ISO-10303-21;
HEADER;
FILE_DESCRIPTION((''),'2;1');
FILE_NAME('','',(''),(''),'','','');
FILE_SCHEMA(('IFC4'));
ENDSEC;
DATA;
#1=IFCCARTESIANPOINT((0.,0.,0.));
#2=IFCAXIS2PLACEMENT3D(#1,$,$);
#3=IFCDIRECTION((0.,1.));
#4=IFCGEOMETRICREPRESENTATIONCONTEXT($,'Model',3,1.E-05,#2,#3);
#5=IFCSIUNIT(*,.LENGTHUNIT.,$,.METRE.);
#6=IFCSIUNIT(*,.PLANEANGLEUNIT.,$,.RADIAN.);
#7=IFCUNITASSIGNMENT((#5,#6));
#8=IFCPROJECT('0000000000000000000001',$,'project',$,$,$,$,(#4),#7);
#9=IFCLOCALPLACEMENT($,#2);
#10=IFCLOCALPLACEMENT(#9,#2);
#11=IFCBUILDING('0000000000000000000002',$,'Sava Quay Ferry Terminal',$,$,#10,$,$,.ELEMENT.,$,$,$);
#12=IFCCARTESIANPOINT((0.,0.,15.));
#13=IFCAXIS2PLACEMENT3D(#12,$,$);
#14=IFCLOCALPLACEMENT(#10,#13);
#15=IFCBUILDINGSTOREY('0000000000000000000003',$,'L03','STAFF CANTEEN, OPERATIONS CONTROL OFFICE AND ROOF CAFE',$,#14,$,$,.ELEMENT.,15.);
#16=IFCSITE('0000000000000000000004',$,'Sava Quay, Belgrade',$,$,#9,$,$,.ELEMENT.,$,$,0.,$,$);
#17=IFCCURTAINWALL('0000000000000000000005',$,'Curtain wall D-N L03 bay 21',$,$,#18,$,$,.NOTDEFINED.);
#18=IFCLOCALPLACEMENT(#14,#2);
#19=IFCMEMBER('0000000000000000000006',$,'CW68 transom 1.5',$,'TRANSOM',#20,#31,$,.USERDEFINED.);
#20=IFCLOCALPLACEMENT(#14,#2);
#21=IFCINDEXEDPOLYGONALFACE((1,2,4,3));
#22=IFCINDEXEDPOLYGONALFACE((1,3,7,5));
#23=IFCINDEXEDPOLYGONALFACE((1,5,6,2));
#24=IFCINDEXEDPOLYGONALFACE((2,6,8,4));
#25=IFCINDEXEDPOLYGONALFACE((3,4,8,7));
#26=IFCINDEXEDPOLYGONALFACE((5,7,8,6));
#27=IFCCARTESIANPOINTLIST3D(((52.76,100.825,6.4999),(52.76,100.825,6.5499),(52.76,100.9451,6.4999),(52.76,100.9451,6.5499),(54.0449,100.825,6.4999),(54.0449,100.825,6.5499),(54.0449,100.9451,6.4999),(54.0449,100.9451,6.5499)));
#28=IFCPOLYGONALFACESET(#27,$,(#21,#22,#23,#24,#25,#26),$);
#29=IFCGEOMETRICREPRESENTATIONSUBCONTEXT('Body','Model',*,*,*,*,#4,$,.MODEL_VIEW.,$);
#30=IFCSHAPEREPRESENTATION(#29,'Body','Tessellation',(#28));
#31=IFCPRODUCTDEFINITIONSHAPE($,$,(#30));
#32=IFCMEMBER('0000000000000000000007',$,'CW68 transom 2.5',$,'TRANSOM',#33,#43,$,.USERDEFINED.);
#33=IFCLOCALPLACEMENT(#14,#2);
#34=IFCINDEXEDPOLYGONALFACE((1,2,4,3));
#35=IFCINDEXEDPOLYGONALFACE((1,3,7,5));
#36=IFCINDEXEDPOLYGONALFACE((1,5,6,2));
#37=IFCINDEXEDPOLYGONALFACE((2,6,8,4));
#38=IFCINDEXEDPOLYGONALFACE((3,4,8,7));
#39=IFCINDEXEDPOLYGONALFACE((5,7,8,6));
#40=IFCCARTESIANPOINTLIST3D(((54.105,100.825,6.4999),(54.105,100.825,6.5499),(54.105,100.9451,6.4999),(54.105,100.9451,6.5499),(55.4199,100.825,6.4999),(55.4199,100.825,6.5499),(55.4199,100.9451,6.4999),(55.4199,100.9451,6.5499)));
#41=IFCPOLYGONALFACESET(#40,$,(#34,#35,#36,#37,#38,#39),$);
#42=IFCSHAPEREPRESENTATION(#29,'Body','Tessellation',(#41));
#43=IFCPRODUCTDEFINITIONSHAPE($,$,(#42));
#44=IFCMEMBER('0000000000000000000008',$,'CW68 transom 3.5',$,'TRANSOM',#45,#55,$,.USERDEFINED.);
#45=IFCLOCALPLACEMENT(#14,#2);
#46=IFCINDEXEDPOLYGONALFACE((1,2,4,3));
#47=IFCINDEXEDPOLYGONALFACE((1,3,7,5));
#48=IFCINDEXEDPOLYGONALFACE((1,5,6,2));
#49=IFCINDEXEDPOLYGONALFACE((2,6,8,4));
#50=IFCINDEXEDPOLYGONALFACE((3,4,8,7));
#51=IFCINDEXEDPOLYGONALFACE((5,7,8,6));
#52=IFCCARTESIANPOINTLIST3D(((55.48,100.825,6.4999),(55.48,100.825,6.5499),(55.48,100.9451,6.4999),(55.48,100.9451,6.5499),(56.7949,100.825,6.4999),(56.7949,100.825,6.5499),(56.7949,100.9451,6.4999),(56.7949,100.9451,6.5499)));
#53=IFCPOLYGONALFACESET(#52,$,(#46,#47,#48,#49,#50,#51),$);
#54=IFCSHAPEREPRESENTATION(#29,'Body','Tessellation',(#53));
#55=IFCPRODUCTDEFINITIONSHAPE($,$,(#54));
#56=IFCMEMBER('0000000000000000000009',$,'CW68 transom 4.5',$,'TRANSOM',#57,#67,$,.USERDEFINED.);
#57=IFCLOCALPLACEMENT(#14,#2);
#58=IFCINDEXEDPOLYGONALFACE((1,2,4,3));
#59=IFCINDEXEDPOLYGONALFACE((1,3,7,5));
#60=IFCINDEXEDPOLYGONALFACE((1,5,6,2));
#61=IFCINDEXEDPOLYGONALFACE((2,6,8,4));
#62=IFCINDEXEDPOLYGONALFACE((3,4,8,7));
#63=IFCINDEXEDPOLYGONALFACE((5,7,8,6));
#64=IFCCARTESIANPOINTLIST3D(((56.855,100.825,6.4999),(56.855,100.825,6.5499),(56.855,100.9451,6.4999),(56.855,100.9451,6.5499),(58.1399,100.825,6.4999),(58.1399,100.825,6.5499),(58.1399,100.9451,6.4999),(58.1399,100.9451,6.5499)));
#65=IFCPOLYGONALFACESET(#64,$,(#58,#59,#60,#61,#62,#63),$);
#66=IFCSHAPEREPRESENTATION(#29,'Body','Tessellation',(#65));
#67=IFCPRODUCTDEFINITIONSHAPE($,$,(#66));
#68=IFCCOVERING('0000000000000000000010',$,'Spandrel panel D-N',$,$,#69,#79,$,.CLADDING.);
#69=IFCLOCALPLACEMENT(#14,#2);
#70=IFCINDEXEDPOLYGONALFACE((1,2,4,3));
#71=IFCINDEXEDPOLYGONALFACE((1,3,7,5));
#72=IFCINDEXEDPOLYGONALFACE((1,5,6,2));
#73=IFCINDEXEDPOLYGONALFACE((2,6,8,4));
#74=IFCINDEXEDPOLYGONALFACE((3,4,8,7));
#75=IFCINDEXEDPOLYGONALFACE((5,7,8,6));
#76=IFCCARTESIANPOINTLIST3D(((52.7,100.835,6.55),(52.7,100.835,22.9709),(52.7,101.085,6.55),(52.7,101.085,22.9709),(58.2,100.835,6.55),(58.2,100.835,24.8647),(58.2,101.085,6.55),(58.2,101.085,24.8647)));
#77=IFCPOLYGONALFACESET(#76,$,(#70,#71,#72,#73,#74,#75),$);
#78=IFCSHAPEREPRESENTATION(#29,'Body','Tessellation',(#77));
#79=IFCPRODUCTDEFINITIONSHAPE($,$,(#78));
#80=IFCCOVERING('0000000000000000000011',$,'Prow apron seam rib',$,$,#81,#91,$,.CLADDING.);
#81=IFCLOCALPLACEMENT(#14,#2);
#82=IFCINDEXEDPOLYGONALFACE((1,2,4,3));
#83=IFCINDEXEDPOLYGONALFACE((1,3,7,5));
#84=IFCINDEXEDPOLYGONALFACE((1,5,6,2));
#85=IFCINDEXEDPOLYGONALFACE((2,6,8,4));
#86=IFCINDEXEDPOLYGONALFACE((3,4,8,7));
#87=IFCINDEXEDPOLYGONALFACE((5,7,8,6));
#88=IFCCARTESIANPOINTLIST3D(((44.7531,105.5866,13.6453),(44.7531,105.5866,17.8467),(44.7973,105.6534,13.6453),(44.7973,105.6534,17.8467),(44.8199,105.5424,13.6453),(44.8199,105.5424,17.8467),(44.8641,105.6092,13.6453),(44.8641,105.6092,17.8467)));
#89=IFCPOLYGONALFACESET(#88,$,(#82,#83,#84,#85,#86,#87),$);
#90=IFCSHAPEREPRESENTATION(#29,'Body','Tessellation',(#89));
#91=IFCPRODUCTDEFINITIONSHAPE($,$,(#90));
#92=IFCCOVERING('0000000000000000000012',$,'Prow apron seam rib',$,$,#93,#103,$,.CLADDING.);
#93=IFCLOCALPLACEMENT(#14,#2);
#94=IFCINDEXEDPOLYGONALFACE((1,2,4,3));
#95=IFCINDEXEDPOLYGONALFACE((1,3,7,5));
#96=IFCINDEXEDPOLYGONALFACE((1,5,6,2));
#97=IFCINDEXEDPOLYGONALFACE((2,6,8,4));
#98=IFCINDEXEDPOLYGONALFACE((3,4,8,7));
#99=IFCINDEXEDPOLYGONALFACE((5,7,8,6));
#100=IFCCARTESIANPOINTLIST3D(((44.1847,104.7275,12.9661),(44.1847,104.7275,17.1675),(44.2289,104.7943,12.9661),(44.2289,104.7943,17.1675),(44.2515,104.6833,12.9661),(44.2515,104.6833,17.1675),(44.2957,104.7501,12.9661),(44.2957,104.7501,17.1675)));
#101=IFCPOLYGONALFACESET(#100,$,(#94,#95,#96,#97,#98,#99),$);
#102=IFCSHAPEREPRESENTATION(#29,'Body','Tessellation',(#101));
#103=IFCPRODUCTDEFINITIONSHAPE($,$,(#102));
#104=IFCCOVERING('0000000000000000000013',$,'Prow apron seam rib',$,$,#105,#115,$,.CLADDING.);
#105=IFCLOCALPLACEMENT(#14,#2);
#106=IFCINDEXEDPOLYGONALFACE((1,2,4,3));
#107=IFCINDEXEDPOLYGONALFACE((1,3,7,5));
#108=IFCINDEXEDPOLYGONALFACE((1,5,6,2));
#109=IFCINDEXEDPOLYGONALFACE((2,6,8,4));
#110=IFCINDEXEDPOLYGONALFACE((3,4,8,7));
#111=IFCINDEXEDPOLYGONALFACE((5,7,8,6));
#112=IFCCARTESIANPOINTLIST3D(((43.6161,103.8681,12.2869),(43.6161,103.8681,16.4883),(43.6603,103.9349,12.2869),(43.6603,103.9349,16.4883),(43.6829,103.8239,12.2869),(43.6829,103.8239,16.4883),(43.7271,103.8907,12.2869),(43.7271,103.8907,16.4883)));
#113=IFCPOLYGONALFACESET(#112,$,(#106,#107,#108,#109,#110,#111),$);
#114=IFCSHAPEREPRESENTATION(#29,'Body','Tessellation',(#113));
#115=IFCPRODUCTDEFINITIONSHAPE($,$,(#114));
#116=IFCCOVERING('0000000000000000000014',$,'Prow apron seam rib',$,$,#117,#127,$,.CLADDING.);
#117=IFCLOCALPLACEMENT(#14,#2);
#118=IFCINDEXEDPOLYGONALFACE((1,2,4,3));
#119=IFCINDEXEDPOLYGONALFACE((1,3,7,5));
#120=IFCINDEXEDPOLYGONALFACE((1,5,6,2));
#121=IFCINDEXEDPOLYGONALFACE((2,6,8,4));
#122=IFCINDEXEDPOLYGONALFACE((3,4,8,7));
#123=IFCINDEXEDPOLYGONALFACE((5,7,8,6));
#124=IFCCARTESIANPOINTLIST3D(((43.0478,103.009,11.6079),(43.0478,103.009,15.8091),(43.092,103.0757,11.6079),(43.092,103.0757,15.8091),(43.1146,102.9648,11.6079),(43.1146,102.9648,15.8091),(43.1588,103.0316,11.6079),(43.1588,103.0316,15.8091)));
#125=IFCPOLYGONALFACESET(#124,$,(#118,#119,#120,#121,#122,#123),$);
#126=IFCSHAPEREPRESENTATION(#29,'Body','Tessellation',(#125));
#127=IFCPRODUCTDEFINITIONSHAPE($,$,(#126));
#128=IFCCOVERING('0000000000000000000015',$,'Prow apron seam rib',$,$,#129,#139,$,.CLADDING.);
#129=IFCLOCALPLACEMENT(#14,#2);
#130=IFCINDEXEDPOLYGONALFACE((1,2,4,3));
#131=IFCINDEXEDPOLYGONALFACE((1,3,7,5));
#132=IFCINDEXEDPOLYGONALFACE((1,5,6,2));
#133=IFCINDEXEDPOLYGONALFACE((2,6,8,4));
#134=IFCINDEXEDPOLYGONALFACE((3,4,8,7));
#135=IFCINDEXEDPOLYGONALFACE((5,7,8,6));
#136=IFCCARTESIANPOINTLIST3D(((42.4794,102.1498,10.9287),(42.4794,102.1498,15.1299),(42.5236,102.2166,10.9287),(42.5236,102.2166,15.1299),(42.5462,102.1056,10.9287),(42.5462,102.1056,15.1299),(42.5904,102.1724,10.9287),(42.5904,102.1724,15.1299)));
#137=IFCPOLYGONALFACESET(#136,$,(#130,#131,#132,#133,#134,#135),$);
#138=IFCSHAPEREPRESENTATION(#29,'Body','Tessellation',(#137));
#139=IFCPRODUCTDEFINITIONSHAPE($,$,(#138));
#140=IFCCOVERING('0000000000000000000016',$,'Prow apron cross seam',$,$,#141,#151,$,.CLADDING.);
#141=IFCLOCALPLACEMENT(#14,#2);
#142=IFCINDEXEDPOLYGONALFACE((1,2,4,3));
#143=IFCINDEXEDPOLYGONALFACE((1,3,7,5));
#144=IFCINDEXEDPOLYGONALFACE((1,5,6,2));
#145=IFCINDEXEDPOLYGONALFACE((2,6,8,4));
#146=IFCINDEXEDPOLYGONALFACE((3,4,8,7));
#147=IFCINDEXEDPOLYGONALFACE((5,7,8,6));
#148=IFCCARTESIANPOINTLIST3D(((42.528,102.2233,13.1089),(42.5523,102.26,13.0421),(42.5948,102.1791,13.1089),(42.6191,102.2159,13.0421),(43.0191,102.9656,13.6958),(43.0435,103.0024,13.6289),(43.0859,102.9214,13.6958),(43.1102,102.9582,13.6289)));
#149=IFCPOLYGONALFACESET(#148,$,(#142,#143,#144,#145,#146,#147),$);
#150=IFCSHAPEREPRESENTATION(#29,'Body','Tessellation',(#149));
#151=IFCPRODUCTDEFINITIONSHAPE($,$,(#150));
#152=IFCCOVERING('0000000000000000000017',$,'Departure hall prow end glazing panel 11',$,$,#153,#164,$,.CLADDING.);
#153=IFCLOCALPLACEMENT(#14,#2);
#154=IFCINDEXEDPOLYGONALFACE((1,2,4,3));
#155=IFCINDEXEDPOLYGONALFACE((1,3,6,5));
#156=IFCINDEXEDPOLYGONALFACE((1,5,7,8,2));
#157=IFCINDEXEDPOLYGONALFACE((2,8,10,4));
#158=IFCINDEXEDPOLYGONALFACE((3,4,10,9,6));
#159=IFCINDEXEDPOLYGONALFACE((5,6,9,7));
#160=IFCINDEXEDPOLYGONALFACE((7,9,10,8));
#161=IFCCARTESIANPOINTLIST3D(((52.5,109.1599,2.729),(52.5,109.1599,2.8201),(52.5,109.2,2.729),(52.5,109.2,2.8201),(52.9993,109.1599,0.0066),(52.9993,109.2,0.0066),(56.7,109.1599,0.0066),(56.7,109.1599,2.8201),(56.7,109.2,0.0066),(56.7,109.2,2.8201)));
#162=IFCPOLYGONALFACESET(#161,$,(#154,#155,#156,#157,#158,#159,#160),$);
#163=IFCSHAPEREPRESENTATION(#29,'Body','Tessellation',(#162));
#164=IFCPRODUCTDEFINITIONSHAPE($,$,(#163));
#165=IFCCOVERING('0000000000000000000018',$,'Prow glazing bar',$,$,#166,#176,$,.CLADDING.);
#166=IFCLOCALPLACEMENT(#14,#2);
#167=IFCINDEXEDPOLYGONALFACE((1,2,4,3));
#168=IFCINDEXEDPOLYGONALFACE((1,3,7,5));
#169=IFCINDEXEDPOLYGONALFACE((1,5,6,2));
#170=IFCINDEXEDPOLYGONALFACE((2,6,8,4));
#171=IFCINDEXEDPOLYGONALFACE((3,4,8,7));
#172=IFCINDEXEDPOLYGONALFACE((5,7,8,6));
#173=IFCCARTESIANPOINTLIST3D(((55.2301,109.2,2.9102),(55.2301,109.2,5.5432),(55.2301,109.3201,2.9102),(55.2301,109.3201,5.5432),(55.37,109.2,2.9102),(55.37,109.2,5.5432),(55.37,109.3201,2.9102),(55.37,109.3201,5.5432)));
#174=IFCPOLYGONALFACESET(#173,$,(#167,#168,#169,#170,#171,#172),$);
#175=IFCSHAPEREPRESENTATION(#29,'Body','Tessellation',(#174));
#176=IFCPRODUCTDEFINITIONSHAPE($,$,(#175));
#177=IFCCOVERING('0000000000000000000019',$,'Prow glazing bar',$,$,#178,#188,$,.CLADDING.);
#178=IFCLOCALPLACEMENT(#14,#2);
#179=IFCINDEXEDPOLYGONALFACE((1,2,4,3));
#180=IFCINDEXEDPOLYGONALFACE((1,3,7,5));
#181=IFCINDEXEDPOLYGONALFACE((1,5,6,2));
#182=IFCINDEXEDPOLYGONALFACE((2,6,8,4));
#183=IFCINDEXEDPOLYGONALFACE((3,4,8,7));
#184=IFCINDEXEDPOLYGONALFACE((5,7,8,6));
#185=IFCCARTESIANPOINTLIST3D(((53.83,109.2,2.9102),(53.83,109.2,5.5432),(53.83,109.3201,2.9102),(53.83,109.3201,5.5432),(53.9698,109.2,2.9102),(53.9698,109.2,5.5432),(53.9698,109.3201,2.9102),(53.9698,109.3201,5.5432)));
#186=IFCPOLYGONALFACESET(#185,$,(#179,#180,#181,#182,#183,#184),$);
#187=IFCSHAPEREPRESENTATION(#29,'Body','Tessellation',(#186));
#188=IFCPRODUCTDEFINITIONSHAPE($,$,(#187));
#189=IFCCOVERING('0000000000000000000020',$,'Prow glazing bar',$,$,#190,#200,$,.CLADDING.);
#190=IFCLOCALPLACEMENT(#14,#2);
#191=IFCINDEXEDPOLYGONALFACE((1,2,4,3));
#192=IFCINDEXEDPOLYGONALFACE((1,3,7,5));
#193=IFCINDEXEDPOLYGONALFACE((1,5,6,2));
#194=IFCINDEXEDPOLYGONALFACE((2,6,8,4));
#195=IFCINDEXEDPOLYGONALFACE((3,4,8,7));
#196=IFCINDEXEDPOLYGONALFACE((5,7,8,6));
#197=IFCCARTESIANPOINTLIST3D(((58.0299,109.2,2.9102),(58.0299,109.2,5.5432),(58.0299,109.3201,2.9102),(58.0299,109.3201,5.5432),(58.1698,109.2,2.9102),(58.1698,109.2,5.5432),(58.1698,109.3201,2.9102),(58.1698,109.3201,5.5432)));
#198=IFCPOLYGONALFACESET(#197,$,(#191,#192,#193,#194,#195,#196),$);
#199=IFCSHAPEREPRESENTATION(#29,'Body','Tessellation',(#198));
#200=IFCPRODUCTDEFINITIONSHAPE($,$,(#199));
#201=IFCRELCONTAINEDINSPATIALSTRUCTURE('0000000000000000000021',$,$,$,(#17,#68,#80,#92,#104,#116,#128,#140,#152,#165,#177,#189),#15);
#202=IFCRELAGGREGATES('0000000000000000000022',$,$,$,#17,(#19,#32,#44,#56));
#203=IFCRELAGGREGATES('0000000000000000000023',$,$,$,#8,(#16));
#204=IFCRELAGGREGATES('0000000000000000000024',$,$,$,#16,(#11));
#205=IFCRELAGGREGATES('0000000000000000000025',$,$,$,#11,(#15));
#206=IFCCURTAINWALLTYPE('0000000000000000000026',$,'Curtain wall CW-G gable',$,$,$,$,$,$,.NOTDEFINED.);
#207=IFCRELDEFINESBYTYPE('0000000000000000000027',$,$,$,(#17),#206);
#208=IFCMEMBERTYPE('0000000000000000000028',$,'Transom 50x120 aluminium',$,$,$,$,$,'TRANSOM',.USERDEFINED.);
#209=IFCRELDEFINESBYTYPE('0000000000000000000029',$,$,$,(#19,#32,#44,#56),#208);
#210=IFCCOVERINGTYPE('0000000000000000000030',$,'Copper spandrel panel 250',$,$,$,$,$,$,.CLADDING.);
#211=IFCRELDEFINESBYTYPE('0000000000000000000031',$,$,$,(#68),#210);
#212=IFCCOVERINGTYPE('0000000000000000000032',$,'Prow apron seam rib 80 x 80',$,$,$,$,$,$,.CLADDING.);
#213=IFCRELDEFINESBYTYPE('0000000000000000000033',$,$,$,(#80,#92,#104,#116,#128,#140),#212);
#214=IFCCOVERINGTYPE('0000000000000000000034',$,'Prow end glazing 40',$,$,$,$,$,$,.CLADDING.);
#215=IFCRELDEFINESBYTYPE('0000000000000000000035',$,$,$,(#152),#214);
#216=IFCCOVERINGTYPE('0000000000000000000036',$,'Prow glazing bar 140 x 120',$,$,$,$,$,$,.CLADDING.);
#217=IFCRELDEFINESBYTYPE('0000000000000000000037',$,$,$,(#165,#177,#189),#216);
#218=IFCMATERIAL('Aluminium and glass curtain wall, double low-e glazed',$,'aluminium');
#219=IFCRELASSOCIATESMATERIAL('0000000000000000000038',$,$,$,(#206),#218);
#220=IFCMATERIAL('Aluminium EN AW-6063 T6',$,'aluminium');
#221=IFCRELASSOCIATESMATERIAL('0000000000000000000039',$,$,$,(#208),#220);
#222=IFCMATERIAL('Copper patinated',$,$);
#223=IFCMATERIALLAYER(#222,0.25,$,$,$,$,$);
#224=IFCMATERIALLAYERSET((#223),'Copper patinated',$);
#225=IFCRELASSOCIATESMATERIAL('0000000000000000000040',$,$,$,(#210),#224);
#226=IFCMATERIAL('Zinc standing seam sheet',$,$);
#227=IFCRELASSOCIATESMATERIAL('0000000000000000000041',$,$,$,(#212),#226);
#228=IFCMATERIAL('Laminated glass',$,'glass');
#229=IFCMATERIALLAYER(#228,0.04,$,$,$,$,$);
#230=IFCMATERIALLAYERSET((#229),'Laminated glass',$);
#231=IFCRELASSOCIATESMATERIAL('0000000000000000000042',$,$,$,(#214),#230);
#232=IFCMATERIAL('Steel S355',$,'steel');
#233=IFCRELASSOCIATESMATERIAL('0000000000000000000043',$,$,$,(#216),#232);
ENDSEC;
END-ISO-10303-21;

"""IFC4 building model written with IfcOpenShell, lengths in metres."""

from ifc_helpers import new_model, si_unit, direction, frame, origin, origin_2d, place, context, subcontext, project, spatial, polyline, rectangle, outline, extrude, material, layer, layer_set, material_profile, profile_set, type_object, element, aggregate, save


model = new_model("IFC4")

# Units and contexts
model_context = context("Model", 3, precision=1e-05, world=origin(), true_north=direction((0.0, 1.0)))
body_context = subcontext(model_context, "Body", "Model", "MODEL_VIEW")
ifc_project = project(units=[si_unit("LENGTHUNIT", "METRE"), si_unit("PLANEANGLEUNIT", "RADIAN")], contexts=[model_context])

# Site, building, storey
site_placement = place(None, origin())
site = spatial("IfcSite", under=ifc_project, at=site_placement, Name="Sava Quay, Belgrade", CompositionType="ELEMENT", RefElevation=0.0)
building_placement = place(site_placement, origin())
building = spatial("IfcBuilding", under=site, at=building_placement, Name="Sava Quay Ferry Terminal", CompositionType="ELEMENT")
storey_placement = place(building_placement, frame((0.0, 0.0, 15.0)))
storey = spatial("IfcBuildingStorey", under=building, at=storey_placement, Name="L03", Description="STAFF CANTEEN, OPERATIONS CONTROL OFFICE AND ROOF CAFE", CompositionType="ELEMENT", Elevation=15.0)

# Curtain wall, members
ifc_material_1 = material(Name="Aluminium and glass curtain wall, double low-e glazed", Category="aluminium")
curtain_wall_type = type_object("IfcCurtainWallType", Name="Curtain wall CW-G gable", PredefinedType="NOTDEFINED", material=ifc_material_1)
curtain_wall_placement = place(storey_placement, origin())
curtain_wall = element("IfcCurtainWall", 1, at=curtain_wall_placement, inside=storey, type_object=curtain_wall_type, Name="Curtain wall D-N L03 bay 21", PredefinedType="NOTDEFINED")
ifc_material_2 = material(Name="Aluminium EN AW-6063 T6", Category="aluminium")
ifc_material_profile_1 = material_profile(ifc_material_2, rectangle(XDim=0.1201, YDim=0.05, at=origin_2d()), Name="Transom 50x120 aluminium")
ifc_profile_set_1 = profile_set([ifc_material_profile_1], Name="Aluminium EN AW-6063 T6")
member_type = type_object("IfcMemberType", Name="Transom 50x120 aluminium", ElementType="TRANSOM", PredefinedType="USERDEFINED", material=ifc_profile_set_1)
member_1_placement = place(storey_placement, frame((52.76, 100.885, 6.5249), z_axis=(1.0, 0.0, 0.0), x_axis=(0.0, 1.0, 0.0)))
member_1 = element("IfcMember", 2, at=member_1_placement, type_object=member_type, Name="CW68 transom 1.5", ObjectType="TRANSOM", PredefinedType="USERDEFINED", context=body_context, shape_type="SweptSolid", body=[
    extrude(rectangle(XDim=0.1201, YDim=0.05, at=origin_2d()), origin(), (0.0, 0.0, 1.0), 1.2849),
])
member_2_placement = place(storey_placement, frame((54.105, 100.885, 6.5249), z_axis=(1.0, 0.0, 0.0), x_axis=(0.0, 1.0, 0.0)))
member_2 = element("IfcMember", 3, at=member_2_placement, type_object=member_type, Name="CW68 transom 2.5", ObjectType="TRANSOM", PredefinedType="USERDEFINED", context=body_context, shape_type="SweptSolid", body=[
    extrude(rectangle(XDim=0.1201, YDim=0.05, at=origin_2d()), origin(), (0.0, 0.0, 1.0), 1.3149),
])
member_3_placement = place(storey_placement, frame((55.48, 100.885, 6.5249), z_axis=(1.0, 0.0, 0.0), x_axis=(0.0, 1.0, 0.0)))
member_3 = element("IfcMember", 4, at=member_3_placement, type_object=member_type, Name="CW68 transom 3.5", ObjectType="TRANSOM", PredefinedType="USERDEFINED", context=body_context, shape_type="SweptSolid", body=[
    extrude(rectangle(XDim=0.1201, YDim=0.05, at=origin_2d()), origin(), (0.0, 0.0, 1.0), 1.3149),
])
member_4_placement = place(storey_placement, frame((56.855, 100.885, 6.5249), z_axis=(1.0, 0.0, 0.0), x_axis=(0.0, 1.0, 0.0)))
member_4 = element("IfcMember", 5, at=member_4_placement, type_object=member_type, Name="CW68 transom 4.5", ObjectType="TRANSOM", PredefinedType="USERDEFINED", context=body_context, shape_type="SweptSolid", body=[
    extrude(rectangle(XDim=0.1201, YDim=0.05, at=origin_2d()), origin(), (0.0, 0.0, 1.0), 1.2849),
])
aggregate(curtain_wall, [member_1, member_2, member_3, member_4])

# Coverings
ifc_material_3 = material(Name="Copper patinated")
ifc_layer_1 = layer(ifc_material_3, 0.25)
ifc_layer_set_1 = layer_set([ifc_layer_1], Name="Copper patinated")
covering_type_1 = type_object("IfcCoveringType", Name="Copper spandrel panel 250", PredefinedType="CLADDING", material=ifc_layer_set_1)
covering_1_placement = place(storey_placement, frame((52.7, 100.96, 6.55), z_axis=(0.0, 0.0, 1.0), x_axis=(1.0, 0.0, 0.0)))
element("IfcCovering", 6, at=covering_1_placement, inside=storey, type_object=covering_type_1, Name="Spandrel panel D-N", PredefinedType="CLADDING", context=body_context, shape_type="SweptSolid", body=[
    extrude(outline(polyline([(0.0, 0.0), (5.5, 0.0), (5.5, 18.3147), (0.0, 16.4209), (0.0, 0.0)])), frame((0.0, 0.125, 0.0), z_axis=(0.0, -1.0, 0.0), x_axis=(1.0, 0.0, 0.0)), (0.0, 0.0, 1.0), 0.25),
])
ifc_material_4 = material(Name="Zinc standing seam sheet")
ifc_material_profile_2 = material_profile(ifc_material_4, rectangle(XDim=0.0801, YDim=0.0801, at=origin_2d()), Name="Strip 80 x 80")
ifc_profile_set_2 = profile_set([ifc_material_profile_2], Name="Zinc standing seam sheet")
covering_type_2 = type_object("IfcCoveringType", Name="Prow apron seam rib 80 x 80", PredefinedType="CLADDING", material=ifc_profile_set_2)
for number, where, z_axis, x_axis, name in (
    (7, (44.8086, 105.5979, 13.6453), (0.0, 0.0, 1.0), (0.551771, 0.833996, 0.0), "Prow apron seam rib"),
    (8, (44.2402, 104.7388, 12.9661), (0.0, 0.0, 1.0), (0.551771, 0.833996, 0.0), "Prow apron seam rib"),
    (9, (43.6716, 103.8794, 12.2869), (0.0, 0.0, 1.0), (0.551771, 0.833996, 0.0), "Prow apron seam rib"),
):
    element("IfcCovering", number, at=place(storey_placement, frame(where, z_axis=z_axis, x_axis=x_axis)), inside=storey, type_object=covering_type_2, Name=name, PredefinedType="CLADDING", context=body_context, shape_type="SweptSolid", body=[
        extrude(rectangle(XDim=0.0801, YDim=0.0801, at=origin_2d()), origin(), (0.0, 0.0, 1.0), 4.2014),
    ])
for number, where, z_axis, x_axis, name in (
    (10, (43.1033, 103.0203, 11.6079), (0.0, 0.0, 1.0), (0.551771, 0.833996, 0.0), "Prow apron seam rib"),
    (11, (42.5349, 102.1611, 10.9287), (0.0, 0.0, 1.0), (0.551771, 0.833996, 0.0), "Prow apron seam rib"),
):
    element("IfcCovering", number, at=place(storey_placement, frame(where, z_axis=z_axis, x_axis=x_axis)), inside=storey, type_object=covering_type_2, Name=name, PredefinedType="CLADDING", context=body_context, shape_type="SweptSolid", body=[
        extrude(rectangle(XDim=0.0801, YDim=0.0801, at=origin_2d()), origin(), (0.0, 0.0, 1.0), 4.2012),
    ])
covering_2_placement = place(storey_placement, frame((43.0647, 102.9619, 13.6624), z_axis=(-0.460676, -0.69628, -0.55043), x_axis=(-0.303719, -0.459051, 0.834882)))
element("IfcCovering", 12, at=covering_2_placement, inside=storey, type_object=covering_type_2, Name="Prow apron cross seam", PredefinedType="CLADDING", context=body_context, shape_type="SweptSolid", body=[
    extrude(rectangle(XDim=0.0801, YDim=0.0801, at=origin_2d()), origin(), (0.0, 0.0, 1.0), 1.0662),
])
ifc_material_5 = material(Name="Laminated glass", Category="glass")
ifc_layer_2 = layer(ifc_material_5, 0.04)
ifc_layer_set_2 = layer_set([ifc_layer_2], Name="Laminated glass")
covering_type_3 = type_object("IfcCoveringType", Name="Prow end glazing 40", PredefinedType="CLADDING", material=ifc_layer_set_2)
covering_3_placement = place(storey_placement, frame((52.5, 109.2, 2.729), z_axis=(0.0, 1.0, 0.0), x_axis=(0.0, 0.0, 1.0)))
element("IfcCovering", 13, at=covering_3_placement, inside=storey, type_object=covering_type_3, Name="Departure hall prow end glazing panel 11", PredefinedType="CLADDING", context=body_context, shape_type="SweptSolid", body=[
    extrude(outline(polyline([(0.0, 0.0), (0.0911, 0.0), (0.0911, 4.2), (-2.7224, 4.2), (-2.7224, 0.4993), (0.0, 0.0)])), origin(), (0.0, 0.0, -1.0), 0.04),
])
ifc_material_6 = material(Name="Steel S355", Category="steel")
ifc_material_profile_3 = material_profile(ifc_material_6, rectangle(XDim=0.1399, YDim=0.1201, at=origin_2d()), Name="Strip 140 x 120")
ifc_profile_set_3 = profile_set([ifc_material_profile_3], Name="Steel S355")
covering_type_4 = type_object("IfcCoveringType", Name="Prow glazing bar 140 x 120", PredefinedType="CLADDING", material=ifc_profile_set_3)
for number, where, z_axis, x_axis, name in (
    (14, (55.3, 109.26, 2.9102), (0.0, 0.0, 1.0), (1.0, 0.0, 0.0), "Prow glazing bar"),
    (15, (53.8999, 109.26, 2.9102), (0.0, 0.0, 1.0), (1.0, 0.0, 0.0), "Prow glazing bar"),
    (16, (58.0999, 109.26, 2.9102), (0.0, 0.0, 1.0), (1.0, 0.0, 0.0), "Prow glazing bar"),
):
    element("IfcCovering", number, at=place(storey_placement, frame(where, z_axis=z_axis, x_axis=x_axis)), inside=storey, type_object=covering_type_4, Name=name, PredefinedType="CLADDING", context=body_context, shape_type="SweptSolid", body=[
        extrude(rectangle(XDim=0.1399, YDim=0.1201, at=origin_2d()), origin(), (0.0, 0.0, 1.0), 2.6331),
    ])

save(model, "model.ifc")
